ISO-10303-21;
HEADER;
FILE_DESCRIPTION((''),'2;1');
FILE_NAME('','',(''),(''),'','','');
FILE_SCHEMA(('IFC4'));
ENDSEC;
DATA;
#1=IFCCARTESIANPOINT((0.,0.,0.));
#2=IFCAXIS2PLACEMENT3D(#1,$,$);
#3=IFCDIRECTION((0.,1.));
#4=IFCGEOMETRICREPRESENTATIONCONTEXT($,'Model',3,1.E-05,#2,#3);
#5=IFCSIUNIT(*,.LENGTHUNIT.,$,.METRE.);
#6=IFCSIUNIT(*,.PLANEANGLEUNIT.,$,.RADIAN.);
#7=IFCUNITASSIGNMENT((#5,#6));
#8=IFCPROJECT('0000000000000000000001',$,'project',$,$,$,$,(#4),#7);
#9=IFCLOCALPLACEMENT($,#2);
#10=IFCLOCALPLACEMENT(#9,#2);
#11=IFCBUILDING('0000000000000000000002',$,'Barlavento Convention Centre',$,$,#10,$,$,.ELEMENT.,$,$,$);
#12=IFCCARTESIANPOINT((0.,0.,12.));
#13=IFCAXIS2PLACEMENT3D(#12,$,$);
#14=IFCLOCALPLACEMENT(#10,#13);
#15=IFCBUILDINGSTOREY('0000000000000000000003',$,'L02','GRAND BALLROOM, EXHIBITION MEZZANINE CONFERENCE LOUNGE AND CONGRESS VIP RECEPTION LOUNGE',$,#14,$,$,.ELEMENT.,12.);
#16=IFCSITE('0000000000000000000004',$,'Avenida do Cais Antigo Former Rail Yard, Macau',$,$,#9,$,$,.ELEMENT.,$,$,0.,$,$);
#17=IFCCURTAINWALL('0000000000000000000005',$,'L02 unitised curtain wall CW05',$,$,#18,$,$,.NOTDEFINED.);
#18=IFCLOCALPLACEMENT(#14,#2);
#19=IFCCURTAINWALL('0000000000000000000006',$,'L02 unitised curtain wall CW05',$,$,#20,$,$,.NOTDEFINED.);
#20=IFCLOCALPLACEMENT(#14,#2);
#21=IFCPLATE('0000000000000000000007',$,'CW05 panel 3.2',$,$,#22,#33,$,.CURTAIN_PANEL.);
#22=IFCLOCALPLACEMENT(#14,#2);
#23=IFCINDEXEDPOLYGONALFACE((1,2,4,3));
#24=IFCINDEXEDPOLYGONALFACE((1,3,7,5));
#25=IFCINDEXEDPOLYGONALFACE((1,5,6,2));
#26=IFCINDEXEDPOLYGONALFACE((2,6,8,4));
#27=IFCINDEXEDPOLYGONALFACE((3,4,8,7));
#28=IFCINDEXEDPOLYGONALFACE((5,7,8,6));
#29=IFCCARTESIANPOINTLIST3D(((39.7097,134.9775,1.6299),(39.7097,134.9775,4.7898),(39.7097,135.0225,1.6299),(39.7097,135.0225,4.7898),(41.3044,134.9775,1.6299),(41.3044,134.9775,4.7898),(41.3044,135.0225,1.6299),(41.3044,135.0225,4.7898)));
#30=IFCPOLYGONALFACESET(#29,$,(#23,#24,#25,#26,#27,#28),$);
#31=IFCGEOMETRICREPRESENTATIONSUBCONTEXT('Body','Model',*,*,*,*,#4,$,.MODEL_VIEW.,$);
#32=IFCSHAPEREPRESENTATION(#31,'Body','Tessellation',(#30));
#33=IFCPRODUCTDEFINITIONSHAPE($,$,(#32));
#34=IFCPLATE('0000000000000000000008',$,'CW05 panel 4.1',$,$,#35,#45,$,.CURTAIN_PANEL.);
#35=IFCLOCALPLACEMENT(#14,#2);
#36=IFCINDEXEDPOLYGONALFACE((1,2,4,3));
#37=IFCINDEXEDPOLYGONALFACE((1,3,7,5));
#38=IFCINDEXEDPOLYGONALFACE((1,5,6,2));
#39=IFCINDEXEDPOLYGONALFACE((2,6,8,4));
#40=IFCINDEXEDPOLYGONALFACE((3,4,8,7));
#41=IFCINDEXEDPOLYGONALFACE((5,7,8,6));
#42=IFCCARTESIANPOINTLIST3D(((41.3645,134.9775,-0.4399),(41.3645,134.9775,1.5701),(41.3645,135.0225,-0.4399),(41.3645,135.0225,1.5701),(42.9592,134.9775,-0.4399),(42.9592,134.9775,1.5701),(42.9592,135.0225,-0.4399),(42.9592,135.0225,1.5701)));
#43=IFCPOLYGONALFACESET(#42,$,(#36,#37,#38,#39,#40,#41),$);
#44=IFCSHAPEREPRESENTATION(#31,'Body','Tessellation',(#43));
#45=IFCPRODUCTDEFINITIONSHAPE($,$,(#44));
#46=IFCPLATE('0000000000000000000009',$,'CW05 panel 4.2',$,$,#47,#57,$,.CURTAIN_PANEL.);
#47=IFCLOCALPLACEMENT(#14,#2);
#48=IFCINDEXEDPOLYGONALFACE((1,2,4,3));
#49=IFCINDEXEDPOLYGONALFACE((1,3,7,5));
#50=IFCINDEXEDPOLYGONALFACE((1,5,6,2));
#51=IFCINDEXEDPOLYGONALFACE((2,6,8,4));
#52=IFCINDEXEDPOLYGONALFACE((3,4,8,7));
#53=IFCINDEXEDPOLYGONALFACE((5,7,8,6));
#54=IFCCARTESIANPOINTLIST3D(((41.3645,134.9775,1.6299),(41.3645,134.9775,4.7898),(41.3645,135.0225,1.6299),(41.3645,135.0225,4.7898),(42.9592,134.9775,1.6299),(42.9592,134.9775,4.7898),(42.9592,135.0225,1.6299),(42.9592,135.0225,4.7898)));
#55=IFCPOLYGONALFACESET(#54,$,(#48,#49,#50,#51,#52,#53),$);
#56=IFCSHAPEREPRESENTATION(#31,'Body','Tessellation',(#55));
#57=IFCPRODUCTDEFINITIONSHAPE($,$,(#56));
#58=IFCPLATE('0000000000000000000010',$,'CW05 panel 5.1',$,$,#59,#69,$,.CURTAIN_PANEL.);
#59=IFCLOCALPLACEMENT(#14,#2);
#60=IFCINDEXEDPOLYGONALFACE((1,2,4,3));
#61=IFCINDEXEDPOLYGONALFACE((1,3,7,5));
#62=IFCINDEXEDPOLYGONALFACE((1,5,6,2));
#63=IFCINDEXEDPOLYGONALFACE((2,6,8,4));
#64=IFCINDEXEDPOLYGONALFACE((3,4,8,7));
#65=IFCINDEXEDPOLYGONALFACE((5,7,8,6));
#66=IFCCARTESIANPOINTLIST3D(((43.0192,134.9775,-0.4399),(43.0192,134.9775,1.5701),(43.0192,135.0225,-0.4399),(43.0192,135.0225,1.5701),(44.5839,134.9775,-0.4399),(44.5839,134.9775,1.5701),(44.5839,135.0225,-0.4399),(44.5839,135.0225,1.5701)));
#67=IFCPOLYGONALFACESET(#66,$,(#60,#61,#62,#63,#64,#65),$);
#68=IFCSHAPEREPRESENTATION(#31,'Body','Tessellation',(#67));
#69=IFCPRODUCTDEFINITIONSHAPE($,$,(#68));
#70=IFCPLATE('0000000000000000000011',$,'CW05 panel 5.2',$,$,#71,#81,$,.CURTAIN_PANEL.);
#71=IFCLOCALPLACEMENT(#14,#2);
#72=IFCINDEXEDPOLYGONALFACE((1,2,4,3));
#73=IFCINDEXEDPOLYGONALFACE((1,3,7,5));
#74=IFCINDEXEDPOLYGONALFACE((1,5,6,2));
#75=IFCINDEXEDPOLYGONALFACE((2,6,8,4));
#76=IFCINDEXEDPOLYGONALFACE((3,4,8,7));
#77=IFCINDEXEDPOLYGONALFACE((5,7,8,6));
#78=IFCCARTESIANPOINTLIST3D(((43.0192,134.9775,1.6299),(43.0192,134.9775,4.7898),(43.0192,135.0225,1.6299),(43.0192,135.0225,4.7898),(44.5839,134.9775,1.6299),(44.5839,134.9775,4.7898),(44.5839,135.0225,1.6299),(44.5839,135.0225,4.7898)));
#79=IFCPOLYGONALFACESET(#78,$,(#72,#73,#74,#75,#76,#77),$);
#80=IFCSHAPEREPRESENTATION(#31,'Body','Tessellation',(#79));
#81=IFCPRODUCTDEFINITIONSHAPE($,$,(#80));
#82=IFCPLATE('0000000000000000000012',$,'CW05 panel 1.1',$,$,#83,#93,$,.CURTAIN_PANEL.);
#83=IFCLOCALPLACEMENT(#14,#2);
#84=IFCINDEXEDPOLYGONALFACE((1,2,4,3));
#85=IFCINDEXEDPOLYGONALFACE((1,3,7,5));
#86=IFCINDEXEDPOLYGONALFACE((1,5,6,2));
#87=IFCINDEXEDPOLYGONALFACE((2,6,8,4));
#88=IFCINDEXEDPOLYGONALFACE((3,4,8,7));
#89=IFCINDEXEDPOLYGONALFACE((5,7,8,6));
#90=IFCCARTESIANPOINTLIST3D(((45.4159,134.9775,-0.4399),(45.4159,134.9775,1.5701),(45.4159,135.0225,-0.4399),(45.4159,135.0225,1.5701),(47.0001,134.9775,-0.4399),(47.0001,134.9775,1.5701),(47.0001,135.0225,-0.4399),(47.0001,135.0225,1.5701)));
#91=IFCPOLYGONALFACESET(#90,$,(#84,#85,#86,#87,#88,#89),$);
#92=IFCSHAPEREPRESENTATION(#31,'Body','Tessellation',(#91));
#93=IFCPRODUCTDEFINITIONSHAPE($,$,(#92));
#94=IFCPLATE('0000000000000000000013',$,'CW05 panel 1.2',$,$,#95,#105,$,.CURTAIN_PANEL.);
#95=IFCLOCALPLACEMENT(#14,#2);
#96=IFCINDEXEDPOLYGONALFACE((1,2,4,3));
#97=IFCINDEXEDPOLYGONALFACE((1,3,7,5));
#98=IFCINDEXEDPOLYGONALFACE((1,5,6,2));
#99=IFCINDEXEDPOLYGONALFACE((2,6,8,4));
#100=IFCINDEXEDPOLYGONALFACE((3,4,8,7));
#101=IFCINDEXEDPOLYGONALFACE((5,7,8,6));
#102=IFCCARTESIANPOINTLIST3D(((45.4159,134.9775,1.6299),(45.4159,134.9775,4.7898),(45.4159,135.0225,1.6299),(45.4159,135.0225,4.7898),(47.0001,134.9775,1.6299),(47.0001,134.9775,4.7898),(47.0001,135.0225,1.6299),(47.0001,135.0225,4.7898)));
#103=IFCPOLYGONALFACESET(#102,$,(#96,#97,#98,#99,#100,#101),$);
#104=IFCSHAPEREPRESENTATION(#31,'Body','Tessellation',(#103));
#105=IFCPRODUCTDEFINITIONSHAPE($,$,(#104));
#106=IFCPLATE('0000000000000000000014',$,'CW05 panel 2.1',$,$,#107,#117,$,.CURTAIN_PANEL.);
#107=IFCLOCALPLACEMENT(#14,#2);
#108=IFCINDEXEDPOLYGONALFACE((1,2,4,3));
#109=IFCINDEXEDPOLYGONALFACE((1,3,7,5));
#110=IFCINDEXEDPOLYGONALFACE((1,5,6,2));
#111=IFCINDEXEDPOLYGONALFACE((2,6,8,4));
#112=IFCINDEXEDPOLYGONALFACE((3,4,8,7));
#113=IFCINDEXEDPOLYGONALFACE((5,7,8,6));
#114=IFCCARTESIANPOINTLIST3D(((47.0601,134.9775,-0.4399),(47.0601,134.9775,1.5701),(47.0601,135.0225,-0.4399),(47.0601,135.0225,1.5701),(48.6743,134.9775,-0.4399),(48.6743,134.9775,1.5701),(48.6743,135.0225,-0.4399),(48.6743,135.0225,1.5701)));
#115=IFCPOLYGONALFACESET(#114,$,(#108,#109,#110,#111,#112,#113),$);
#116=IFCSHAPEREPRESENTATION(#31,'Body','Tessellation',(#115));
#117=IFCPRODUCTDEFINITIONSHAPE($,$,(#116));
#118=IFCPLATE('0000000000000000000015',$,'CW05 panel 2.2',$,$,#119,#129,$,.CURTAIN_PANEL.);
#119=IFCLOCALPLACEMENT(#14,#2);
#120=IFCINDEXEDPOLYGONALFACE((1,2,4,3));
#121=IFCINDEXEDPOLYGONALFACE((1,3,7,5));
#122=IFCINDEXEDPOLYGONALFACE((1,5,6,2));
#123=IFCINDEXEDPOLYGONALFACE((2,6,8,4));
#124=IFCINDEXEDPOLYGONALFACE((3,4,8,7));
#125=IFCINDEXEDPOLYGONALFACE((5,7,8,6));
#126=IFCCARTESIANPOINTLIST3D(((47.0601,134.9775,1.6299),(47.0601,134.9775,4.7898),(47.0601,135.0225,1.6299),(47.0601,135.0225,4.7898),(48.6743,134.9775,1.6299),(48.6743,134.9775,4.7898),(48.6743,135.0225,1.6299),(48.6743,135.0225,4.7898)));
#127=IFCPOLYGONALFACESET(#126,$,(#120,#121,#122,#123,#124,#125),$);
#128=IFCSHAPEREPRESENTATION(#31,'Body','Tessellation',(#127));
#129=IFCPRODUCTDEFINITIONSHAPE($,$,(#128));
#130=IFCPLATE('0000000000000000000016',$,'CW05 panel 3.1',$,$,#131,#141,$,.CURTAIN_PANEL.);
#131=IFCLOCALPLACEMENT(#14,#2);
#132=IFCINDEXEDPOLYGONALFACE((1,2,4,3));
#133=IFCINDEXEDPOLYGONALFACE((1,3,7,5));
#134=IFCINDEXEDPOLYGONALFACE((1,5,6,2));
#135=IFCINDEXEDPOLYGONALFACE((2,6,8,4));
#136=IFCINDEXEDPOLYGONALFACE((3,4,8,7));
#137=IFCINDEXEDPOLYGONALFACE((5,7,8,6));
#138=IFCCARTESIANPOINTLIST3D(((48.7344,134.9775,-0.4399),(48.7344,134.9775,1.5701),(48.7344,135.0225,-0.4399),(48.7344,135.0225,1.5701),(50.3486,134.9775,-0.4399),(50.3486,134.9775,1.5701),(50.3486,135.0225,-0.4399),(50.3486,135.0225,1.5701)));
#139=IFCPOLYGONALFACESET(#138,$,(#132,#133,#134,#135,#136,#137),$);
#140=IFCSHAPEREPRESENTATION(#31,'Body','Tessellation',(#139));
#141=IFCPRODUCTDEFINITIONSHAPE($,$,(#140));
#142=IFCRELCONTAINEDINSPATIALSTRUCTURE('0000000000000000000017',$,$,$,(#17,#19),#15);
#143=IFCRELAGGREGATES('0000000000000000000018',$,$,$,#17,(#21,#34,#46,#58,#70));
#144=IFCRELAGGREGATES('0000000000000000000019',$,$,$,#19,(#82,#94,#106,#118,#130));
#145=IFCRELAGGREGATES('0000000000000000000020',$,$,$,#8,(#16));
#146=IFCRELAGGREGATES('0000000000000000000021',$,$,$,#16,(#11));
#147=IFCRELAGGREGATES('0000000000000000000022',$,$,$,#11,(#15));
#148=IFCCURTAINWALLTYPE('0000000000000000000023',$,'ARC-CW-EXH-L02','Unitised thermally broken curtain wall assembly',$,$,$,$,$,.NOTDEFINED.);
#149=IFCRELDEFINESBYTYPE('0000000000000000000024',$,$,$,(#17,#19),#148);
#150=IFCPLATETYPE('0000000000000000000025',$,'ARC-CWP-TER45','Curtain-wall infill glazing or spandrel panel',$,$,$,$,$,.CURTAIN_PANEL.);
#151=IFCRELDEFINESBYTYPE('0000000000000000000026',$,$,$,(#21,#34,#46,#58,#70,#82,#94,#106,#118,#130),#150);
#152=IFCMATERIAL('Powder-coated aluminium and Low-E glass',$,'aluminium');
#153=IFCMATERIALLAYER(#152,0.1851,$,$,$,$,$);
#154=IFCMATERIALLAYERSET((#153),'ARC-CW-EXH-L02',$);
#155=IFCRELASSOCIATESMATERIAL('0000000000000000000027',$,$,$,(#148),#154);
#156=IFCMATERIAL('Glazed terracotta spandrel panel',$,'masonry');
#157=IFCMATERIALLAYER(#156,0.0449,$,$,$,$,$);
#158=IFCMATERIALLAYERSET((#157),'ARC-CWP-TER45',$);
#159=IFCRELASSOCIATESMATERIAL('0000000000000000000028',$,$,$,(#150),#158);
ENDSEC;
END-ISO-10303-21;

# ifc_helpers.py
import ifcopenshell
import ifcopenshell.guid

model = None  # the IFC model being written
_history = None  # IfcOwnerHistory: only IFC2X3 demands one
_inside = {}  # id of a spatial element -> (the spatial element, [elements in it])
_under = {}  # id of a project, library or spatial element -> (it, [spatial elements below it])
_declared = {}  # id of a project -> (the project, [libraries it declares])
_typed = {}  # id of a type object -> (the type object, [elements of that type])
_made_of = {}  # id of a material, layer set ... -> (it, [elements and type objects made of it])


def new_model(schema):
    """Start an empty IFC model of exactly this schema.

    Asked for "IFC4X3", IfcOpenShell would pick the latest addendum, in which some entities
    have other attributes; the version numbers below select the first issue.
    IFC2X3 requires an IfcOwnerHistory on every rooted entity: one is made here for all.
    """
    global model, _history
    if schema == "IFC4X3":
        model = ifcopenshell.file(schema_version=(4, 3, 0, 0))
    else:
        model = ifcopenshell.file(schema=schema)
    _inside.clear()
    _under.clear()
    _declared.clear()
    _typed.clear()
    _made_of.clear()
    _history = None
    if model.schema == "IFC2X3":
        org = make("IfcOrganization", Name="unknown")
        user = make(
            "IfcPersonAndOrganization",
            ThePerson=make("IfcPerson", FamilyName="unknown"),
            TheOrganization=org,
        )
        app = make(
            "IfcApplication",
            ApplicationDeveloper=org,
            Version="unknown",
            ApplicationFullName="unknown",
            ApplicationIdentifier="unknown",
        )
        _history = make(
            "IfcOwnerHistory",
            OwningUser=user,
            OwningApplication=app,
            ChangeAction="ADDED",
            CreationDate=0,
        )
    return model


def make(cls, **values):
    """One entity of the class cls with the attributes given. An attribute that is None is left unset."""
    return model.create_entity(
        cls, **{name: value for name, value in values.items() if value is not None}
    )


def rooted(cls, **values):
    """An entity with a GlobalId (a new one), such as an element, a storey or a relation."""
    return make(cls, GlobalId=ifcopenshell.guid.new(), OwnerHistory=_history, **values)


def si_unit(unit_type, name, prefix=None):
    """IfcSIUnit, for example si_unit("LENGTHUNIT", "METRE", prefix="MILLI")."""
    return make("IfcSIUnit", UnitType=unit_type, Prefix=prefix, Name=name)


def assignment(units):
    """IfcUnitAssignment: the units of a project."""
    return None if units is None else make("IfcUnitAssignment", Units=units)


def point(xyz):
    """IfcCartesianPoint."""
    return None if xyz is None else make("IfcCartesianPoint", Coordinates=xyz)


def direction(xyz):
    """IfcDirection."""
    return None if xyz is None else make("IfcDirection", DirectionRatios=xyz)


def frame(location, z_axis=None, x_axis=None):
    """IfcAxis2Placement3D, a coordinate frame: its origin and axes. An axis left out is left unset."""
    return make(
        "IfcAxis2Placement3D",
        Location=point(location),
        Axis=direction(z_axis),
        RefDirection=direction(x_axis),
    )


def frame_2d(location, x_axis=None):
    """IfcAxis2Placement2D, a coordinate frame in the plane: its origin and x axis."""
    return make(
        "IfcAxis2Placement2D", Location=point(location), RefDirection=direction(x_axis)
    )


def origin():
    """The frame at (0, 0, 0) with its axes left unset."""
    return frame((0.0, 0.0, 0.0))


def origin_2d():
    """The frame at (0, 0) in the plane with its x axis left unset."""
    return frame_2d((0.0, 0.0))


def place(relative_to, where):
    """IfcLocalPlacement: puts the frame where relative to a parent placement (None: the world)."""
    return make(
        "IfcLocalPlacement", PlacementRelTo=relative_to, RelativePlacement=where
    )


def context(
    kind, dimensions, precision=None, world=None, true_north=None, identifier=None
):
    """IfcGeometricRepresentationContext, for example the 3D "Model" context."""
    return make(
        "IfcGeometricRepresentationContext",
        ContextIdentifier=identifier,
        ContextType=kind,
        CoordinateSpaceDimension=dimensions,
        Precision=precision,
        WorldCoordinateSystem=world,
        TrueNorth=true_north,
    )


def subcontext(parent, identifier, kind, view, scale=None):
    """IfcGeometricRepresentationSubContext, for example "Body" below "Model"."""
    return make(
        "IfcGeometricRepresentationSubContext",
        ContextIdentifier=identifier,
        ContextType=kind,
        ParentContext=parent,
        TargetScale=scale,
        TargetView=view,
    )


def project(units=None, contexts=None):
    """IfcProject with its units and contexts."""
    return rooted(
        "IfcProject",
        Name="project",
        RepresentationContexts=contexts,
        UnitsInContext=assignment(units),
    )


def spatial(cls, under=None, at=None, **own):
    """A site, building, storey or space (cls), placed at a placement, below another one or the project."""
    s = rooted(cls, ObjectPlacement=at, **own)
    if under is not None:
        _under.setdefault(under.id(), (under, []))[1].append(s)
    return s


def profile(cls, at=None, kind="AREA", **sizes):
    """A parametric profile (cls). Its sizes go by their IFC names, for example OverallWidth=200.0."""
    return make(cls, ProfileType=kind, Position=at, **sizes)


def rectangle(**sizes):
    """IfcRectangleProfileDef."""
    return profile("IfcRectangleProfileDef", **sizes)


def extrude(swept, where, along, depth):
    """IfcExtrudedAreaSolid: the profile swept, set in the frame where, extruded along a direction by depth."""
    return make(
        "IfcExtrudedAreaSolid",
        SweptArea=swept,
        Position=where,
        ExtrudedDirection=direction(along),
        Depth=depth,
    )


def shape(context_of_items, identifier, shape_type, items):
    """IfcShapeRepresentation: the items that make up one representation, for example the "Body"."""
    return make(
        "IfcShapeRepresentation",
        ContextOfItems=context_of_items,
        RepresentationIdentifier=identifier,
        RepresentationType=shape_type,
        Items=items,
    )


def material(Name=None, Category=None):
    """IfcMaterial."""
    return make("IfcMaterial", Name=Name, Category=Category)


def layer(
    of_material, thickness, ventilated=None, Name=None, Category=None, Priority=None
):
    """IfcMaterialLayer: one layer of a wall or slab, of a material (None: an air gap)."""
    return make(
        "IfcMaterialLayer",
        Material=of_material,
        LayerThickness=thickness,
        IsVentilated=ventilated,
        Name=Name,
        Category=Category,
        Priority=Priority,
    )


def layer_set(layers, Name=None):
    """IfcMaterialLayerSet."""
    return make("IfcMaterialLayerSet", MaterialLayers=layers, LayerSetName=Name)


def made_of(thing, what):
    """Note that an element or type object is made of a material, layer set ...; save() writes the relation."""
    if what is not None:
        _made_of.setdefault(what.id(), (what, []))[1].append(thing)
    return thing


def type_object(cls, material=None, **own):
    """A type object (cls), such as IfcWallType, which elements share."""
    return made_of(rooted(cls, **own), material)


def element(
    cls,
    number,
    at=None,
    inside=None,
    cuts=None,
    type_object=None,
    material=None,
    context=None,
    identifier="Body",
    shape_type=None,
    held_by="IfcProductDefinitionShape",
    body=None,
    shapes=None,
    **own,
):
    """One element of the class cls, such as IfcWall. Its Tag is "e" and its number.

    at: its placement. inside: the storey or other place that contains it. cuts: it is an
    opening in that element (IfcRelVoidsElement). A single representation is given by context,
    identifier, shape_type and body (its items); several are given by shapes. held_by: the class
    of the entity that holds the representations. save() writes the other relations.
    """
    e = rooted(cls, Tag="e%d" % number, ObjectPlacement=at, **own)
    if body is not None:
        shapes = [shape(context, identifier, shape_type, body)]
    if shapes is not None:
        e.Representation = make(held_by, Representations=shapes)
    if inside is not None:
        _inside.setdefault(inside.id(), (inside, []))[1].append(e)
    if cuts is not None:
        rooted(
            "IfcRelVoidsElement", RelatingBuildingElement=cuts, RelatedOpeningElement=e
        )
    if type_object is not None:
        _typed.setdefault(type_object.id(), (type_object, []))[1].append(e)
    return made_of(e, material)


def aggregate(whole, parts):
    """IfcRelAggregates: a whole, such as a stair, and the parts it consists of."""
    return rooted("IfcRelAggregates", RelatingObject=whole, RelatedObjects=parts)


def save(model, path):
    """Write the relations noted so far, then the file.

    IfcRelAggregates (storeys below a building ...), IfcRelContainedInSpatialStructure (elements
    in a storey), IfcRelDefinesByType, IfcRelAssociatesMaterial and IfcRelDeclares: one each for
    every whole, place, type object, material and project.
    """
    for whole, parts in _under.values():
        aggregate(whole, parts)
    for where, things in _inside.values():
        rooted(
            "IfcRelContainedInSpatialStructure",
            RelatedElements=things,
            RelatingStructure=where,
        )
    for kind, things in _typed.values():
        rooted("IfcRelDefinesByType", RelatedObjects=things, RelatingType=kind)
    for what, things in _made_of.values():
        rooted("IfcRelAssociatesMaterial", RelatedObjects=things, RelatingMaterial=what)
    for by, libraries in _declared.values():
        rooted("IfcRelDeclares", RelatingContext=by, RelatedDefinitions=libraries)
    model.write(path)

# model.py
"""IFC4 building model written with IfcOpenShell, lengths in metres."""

from ifc_helpers import new_model, si_unit, direction, frame, origin, origin_2d, place, context, subcontext, project, spatial, rectangle, extrude, material, layer, layer_set, type_object, element, aggregate, save


model = new_model("IFC4")

# Units and contexts
model_context = context("Model", 3, precision=1e-05, world=origin(), true_north=direction((0.0, 1.0)))
body_context = subcontext(model_context, "Body", "Model", "MODEL_VIEW")
ifc_project = project(units=[si_unit("LENGTHUNIT", "METRE"), si_unit("PLANEANGLEUNIT", "RADIAN")], contexts=[model_context])

# Site, building, storey
site_placement = place(None, origin())
site = spatial("IfcSite", under=ifc_project, at=site_placement, Name="Avenida do Cais Antigo Former Rail Yard, Macau", CompositionType="ELEMENT", RefElevation=0.0)
building_placement = place(site_placement, origin())
building = spatial("IfcBuilding", under=site, at=building_placement, Name="Barlavento Convention Centre", CompositionType="ELEMENT")
storey_placement = place(building_placement, frame((0.0, 0.0, 12.0)))
storey = spatial("IfcBuildingStorey", under=building, at=storey_placement, Name="L02", Description="GRAND BALLROOM, EXHIBITION MEZZANINE CONFERENCE LOUNGE AND CONGRESS VIP RECEPTION LOUNGE", CompositionType="ELEMENT", Elevation=12.0)

# Curtain walls
ifc_material_1 = material(Name="Powder-coated aluminium and Low-E glass", Category="aluminium")
ifc_layer_1 = layer(ifc_material_1, 0.1851)
ifc_layer_set_1 = layer_set([ifc_layer_1], Name="ARC-CW-EXH-L02")
curtain_wall_type = type_object("IfcCurtainWallType", Name="ARC-CW-EXH-L02", Description="Unitised thermally broken curtain wall assembly", PredefinedType="NOTDEFINED", material=ifc_layer_set_1)
curtain_wall_1_placement = place(storey_placement, origin())
curtain_wall_1 = element("IfcCurtainWall", 1, at=curtain_wall_1_placement, inside=storey, type_object=curtain_wall_type, Name="L02 unitised curtain wall CW05", PredefinedType="NOTDEFINED")
curtain_wall_2_placement = place(storey_placement, origin())
curtain_wall_2 = element("IfcCurtainWall", 2, at=curtain_wall_2_placement, inside=storey, type_object=curtain_wall_type, Name="L02 unitised curtain wall CW05", PredefinedType="NOTDEFINED")

# Plates
ifc_material_2 = material(Name="Glazed terracotta spandrel panel", Category="masonry")
ifc_layer_2 = layer(ifc_material_2, 0.0449)
ifc_layer_set_2 = layer_set([ifc_layer_2], Name="ARC-CWP-TER45")
plate_type = type_object("IfcPlateType", Name="ARC-CWP-TER45", Description="Curtain-wall infill glazing or spandrel panel", PredefinedType="CURTAIN_PANEL", material=ifc_layer_set_2)
plate_1_placement = place(storey_placement, frame((40.5071, 135.0, 1.6299), z_axis=(0.0, 0.0, 1.0), x_axis=(1.0, 0.0, 0.0)))
plate_1 = element("IfcPlate", 3, at=plate_1_placement, type_object=plate_type, Name="CW05 panel 3.2", PredefinedType="CURTAIN_PANEL", context=body_context, shape_type="SweptSolid", body=[
    extrude(rectangle(XDim=1.5947, YDim=0.0449, at=origin_2d()), origin(), (0.0, 0.0, 1.0), 3.1599),
])
plate_2_placement = place(storey_placement, frame((42.1619, 135.0, -0.4399), z_axis=(0.0, 0.0, 1.0), x_axis=(1.0, 0.0, 0.0)))
plate_2 = element("IfcPlate", 4, at=plate_2_placement, type_object=plate_type, Name="CW05 panel 4.1", PredefinedType="CURTAIN_PANEL", context=body_context, shape_type="SweptSolid", body=[
    extrude(rectangle(XDim=1.5947, YDim=0.0449, at=origin_2d()), origin(), (0.0, 0.0, 1.0), 2.01),
])
plate_3_placement = place(storey_placement, frame((42.1619, 135.0, 1.6299), z_axis=(0.0, 0.0, 1.0), x_axis=(1.0, 0.0, 0.0)))
plate_3 = element("IfcPlate", 5, at=plate_3_placement, type_object=plate_type, Name="CW05 panel 4.2", PredefinedType="CURTAIN_PANEL", context=body_context, shape_type="SweptSolid", body=[
    extrude(rectangle(XDim=1.5947, YDim=0.0449, at=origin_2d()), origin(), (0.0, 0.0, 1.0), 3.1599),
])
plate_4_placement = place(storey_placement, frame((43.8015, 135.0, -0.4399), z_axis=(0.0, 0.0, 1.0), x_axis=(1.0, 0.0, 0.0)))
plate_4 = element("IfcPlate", 6, at=plate_4_placement, type_object=plate_type, Name="CW05 panel 5.1", PredefinedType="CURTAIN_PANEL", context=body_context, shape_type="SweptSolid", body=[
    extrude(rectangle(XDim=1.5647, YDim=0.0449, at=origin_2d()), origin(), (0.0, 0.0, 1.0), 2.01),
])
plate_5_placement = place(storey_placement, frame((43.8015, 135.0, 1.6299), z_axis=(0.0, 0.0, 1.0), x_axis=(1.0, 0.0, 0.0)))
plate_5 = element("IfcPlate", 7, at=plate_5_placement, type_object=plate_type, Name="CW05 panel 5.2", PredefinedType="CURTAIN_PANEL", context=body_context, shape_type="SweptSolid", body=[
    extrude(rectangle(XDim=1.5647, YDim=0.0449, at=origin_2d()), origin(), (0.0, 0.0, 1.0), 3.1599),
])
aggregate(curtain_wall_1, [plate_1, plate_2, plate_3, plate_4, plate_5])
plate_6_placement = place(storey_placement, frame((46.208, 135.0, -0.4399), z_axis=(0.0, 0.0, 1.0), x_axis=(1.0, 0.0, 0.0)))
plate_6 = element("IfcPlate", 8, at=plate_6_placement, type_object=plate_type, Name="CW05 panel 1.1", PredefinedType="CURTAIN_PANEL", context=body_context, shape_type="SweptSolid", body=[
    extrude(rectangle(XDim=1.5842, YDim=0.0449, at=origin_2d()), origin(), (0.0, 0.0, 1.0), 2.01),
])
plate_7_placement = place(storey_placement, frame((46.208, 135.0, 1.6299), z_axis=(0.0, 0.0, 1.0), x_axis=(1.0, 0.0, 0.0)))
plate_7 = element("IfcPlate", 9, at=plate_7_placement, type_object=plate_type, Name="CW05 panel 1.2", PredefinedType="CURTAIN_PANEL", context=body_context, shape_type="SweptSolid", body=[
    extrude(rectangle(XDim=1.5842, YDim=0.0449, at=origin_2d()), origin(), (0.0, 0.0, 1.0), 3.1599),
])
plate_8_placement = place(storey_placement, frame((47.8672, 135.0, -0.4399), z_axis=(0.0, 0.0, 1.0), x_axis=(1.0, 0.0, 0.0)))
plate_8 = element("IfcPlate", 10, at=plate_8_placement, type_object=plate_type, Name="CW05 panel 2.1", PredefinedType="CURTAIN_PANEL", context=body_context, shape_type="SweptSolid", body=[
    extrude(rectangle(XDim=1.6143, YDim=0.0449, at=origin_2d()), origin(), (0.0, 0.0, 1.0), 2.01),
])
plate_9_placement = place(storey_placement, frame((47.8672, 135.0, 1.6299), z_axis=(0.0, 0.0, 1.0), x_axis=(1.0, 0.0, 0.0)))
plate_9 = element("IfcPlate", 11, at=plate_9_placement, type_object=plate_type, Name="CW05 panel 2.2", PredefinedType="CURTAIN_PANEL", context=body_context, shape_type="SweptSolid", body=[
    extrude(rectangle(XDim=1.6143, YDim=0.0449, at=origin_2d()), origin(), (0.0, 0.0, 1.0), 3.1599),
])
plate_10_placement = place(storey_placement, frame((49.5415, 135.0, -0.4399), z_axis=(0.0, 0.0, 1.0), x_axis=(1.0, 0.0, 0.0)))
plate_10 = element("IfcPlate", 12, at=plate_10_placement, type_object=plate_type, Name="CW05 panel 3.1", PredefinedType="CURTAIN_PANEL", context=body_context, shape_type="SweptSolid", body=[
    extrude(rectangle(XDim=1.6143, YDim=0.0449, at=origin_2d()), origin(), (0.0, 0.0, 1.0), 2.01),
])
aggregate(curtain_wall_2, [plate_6, plate_7, plate_8, plate_9, plate_10])

save(model, "model.ifc")
